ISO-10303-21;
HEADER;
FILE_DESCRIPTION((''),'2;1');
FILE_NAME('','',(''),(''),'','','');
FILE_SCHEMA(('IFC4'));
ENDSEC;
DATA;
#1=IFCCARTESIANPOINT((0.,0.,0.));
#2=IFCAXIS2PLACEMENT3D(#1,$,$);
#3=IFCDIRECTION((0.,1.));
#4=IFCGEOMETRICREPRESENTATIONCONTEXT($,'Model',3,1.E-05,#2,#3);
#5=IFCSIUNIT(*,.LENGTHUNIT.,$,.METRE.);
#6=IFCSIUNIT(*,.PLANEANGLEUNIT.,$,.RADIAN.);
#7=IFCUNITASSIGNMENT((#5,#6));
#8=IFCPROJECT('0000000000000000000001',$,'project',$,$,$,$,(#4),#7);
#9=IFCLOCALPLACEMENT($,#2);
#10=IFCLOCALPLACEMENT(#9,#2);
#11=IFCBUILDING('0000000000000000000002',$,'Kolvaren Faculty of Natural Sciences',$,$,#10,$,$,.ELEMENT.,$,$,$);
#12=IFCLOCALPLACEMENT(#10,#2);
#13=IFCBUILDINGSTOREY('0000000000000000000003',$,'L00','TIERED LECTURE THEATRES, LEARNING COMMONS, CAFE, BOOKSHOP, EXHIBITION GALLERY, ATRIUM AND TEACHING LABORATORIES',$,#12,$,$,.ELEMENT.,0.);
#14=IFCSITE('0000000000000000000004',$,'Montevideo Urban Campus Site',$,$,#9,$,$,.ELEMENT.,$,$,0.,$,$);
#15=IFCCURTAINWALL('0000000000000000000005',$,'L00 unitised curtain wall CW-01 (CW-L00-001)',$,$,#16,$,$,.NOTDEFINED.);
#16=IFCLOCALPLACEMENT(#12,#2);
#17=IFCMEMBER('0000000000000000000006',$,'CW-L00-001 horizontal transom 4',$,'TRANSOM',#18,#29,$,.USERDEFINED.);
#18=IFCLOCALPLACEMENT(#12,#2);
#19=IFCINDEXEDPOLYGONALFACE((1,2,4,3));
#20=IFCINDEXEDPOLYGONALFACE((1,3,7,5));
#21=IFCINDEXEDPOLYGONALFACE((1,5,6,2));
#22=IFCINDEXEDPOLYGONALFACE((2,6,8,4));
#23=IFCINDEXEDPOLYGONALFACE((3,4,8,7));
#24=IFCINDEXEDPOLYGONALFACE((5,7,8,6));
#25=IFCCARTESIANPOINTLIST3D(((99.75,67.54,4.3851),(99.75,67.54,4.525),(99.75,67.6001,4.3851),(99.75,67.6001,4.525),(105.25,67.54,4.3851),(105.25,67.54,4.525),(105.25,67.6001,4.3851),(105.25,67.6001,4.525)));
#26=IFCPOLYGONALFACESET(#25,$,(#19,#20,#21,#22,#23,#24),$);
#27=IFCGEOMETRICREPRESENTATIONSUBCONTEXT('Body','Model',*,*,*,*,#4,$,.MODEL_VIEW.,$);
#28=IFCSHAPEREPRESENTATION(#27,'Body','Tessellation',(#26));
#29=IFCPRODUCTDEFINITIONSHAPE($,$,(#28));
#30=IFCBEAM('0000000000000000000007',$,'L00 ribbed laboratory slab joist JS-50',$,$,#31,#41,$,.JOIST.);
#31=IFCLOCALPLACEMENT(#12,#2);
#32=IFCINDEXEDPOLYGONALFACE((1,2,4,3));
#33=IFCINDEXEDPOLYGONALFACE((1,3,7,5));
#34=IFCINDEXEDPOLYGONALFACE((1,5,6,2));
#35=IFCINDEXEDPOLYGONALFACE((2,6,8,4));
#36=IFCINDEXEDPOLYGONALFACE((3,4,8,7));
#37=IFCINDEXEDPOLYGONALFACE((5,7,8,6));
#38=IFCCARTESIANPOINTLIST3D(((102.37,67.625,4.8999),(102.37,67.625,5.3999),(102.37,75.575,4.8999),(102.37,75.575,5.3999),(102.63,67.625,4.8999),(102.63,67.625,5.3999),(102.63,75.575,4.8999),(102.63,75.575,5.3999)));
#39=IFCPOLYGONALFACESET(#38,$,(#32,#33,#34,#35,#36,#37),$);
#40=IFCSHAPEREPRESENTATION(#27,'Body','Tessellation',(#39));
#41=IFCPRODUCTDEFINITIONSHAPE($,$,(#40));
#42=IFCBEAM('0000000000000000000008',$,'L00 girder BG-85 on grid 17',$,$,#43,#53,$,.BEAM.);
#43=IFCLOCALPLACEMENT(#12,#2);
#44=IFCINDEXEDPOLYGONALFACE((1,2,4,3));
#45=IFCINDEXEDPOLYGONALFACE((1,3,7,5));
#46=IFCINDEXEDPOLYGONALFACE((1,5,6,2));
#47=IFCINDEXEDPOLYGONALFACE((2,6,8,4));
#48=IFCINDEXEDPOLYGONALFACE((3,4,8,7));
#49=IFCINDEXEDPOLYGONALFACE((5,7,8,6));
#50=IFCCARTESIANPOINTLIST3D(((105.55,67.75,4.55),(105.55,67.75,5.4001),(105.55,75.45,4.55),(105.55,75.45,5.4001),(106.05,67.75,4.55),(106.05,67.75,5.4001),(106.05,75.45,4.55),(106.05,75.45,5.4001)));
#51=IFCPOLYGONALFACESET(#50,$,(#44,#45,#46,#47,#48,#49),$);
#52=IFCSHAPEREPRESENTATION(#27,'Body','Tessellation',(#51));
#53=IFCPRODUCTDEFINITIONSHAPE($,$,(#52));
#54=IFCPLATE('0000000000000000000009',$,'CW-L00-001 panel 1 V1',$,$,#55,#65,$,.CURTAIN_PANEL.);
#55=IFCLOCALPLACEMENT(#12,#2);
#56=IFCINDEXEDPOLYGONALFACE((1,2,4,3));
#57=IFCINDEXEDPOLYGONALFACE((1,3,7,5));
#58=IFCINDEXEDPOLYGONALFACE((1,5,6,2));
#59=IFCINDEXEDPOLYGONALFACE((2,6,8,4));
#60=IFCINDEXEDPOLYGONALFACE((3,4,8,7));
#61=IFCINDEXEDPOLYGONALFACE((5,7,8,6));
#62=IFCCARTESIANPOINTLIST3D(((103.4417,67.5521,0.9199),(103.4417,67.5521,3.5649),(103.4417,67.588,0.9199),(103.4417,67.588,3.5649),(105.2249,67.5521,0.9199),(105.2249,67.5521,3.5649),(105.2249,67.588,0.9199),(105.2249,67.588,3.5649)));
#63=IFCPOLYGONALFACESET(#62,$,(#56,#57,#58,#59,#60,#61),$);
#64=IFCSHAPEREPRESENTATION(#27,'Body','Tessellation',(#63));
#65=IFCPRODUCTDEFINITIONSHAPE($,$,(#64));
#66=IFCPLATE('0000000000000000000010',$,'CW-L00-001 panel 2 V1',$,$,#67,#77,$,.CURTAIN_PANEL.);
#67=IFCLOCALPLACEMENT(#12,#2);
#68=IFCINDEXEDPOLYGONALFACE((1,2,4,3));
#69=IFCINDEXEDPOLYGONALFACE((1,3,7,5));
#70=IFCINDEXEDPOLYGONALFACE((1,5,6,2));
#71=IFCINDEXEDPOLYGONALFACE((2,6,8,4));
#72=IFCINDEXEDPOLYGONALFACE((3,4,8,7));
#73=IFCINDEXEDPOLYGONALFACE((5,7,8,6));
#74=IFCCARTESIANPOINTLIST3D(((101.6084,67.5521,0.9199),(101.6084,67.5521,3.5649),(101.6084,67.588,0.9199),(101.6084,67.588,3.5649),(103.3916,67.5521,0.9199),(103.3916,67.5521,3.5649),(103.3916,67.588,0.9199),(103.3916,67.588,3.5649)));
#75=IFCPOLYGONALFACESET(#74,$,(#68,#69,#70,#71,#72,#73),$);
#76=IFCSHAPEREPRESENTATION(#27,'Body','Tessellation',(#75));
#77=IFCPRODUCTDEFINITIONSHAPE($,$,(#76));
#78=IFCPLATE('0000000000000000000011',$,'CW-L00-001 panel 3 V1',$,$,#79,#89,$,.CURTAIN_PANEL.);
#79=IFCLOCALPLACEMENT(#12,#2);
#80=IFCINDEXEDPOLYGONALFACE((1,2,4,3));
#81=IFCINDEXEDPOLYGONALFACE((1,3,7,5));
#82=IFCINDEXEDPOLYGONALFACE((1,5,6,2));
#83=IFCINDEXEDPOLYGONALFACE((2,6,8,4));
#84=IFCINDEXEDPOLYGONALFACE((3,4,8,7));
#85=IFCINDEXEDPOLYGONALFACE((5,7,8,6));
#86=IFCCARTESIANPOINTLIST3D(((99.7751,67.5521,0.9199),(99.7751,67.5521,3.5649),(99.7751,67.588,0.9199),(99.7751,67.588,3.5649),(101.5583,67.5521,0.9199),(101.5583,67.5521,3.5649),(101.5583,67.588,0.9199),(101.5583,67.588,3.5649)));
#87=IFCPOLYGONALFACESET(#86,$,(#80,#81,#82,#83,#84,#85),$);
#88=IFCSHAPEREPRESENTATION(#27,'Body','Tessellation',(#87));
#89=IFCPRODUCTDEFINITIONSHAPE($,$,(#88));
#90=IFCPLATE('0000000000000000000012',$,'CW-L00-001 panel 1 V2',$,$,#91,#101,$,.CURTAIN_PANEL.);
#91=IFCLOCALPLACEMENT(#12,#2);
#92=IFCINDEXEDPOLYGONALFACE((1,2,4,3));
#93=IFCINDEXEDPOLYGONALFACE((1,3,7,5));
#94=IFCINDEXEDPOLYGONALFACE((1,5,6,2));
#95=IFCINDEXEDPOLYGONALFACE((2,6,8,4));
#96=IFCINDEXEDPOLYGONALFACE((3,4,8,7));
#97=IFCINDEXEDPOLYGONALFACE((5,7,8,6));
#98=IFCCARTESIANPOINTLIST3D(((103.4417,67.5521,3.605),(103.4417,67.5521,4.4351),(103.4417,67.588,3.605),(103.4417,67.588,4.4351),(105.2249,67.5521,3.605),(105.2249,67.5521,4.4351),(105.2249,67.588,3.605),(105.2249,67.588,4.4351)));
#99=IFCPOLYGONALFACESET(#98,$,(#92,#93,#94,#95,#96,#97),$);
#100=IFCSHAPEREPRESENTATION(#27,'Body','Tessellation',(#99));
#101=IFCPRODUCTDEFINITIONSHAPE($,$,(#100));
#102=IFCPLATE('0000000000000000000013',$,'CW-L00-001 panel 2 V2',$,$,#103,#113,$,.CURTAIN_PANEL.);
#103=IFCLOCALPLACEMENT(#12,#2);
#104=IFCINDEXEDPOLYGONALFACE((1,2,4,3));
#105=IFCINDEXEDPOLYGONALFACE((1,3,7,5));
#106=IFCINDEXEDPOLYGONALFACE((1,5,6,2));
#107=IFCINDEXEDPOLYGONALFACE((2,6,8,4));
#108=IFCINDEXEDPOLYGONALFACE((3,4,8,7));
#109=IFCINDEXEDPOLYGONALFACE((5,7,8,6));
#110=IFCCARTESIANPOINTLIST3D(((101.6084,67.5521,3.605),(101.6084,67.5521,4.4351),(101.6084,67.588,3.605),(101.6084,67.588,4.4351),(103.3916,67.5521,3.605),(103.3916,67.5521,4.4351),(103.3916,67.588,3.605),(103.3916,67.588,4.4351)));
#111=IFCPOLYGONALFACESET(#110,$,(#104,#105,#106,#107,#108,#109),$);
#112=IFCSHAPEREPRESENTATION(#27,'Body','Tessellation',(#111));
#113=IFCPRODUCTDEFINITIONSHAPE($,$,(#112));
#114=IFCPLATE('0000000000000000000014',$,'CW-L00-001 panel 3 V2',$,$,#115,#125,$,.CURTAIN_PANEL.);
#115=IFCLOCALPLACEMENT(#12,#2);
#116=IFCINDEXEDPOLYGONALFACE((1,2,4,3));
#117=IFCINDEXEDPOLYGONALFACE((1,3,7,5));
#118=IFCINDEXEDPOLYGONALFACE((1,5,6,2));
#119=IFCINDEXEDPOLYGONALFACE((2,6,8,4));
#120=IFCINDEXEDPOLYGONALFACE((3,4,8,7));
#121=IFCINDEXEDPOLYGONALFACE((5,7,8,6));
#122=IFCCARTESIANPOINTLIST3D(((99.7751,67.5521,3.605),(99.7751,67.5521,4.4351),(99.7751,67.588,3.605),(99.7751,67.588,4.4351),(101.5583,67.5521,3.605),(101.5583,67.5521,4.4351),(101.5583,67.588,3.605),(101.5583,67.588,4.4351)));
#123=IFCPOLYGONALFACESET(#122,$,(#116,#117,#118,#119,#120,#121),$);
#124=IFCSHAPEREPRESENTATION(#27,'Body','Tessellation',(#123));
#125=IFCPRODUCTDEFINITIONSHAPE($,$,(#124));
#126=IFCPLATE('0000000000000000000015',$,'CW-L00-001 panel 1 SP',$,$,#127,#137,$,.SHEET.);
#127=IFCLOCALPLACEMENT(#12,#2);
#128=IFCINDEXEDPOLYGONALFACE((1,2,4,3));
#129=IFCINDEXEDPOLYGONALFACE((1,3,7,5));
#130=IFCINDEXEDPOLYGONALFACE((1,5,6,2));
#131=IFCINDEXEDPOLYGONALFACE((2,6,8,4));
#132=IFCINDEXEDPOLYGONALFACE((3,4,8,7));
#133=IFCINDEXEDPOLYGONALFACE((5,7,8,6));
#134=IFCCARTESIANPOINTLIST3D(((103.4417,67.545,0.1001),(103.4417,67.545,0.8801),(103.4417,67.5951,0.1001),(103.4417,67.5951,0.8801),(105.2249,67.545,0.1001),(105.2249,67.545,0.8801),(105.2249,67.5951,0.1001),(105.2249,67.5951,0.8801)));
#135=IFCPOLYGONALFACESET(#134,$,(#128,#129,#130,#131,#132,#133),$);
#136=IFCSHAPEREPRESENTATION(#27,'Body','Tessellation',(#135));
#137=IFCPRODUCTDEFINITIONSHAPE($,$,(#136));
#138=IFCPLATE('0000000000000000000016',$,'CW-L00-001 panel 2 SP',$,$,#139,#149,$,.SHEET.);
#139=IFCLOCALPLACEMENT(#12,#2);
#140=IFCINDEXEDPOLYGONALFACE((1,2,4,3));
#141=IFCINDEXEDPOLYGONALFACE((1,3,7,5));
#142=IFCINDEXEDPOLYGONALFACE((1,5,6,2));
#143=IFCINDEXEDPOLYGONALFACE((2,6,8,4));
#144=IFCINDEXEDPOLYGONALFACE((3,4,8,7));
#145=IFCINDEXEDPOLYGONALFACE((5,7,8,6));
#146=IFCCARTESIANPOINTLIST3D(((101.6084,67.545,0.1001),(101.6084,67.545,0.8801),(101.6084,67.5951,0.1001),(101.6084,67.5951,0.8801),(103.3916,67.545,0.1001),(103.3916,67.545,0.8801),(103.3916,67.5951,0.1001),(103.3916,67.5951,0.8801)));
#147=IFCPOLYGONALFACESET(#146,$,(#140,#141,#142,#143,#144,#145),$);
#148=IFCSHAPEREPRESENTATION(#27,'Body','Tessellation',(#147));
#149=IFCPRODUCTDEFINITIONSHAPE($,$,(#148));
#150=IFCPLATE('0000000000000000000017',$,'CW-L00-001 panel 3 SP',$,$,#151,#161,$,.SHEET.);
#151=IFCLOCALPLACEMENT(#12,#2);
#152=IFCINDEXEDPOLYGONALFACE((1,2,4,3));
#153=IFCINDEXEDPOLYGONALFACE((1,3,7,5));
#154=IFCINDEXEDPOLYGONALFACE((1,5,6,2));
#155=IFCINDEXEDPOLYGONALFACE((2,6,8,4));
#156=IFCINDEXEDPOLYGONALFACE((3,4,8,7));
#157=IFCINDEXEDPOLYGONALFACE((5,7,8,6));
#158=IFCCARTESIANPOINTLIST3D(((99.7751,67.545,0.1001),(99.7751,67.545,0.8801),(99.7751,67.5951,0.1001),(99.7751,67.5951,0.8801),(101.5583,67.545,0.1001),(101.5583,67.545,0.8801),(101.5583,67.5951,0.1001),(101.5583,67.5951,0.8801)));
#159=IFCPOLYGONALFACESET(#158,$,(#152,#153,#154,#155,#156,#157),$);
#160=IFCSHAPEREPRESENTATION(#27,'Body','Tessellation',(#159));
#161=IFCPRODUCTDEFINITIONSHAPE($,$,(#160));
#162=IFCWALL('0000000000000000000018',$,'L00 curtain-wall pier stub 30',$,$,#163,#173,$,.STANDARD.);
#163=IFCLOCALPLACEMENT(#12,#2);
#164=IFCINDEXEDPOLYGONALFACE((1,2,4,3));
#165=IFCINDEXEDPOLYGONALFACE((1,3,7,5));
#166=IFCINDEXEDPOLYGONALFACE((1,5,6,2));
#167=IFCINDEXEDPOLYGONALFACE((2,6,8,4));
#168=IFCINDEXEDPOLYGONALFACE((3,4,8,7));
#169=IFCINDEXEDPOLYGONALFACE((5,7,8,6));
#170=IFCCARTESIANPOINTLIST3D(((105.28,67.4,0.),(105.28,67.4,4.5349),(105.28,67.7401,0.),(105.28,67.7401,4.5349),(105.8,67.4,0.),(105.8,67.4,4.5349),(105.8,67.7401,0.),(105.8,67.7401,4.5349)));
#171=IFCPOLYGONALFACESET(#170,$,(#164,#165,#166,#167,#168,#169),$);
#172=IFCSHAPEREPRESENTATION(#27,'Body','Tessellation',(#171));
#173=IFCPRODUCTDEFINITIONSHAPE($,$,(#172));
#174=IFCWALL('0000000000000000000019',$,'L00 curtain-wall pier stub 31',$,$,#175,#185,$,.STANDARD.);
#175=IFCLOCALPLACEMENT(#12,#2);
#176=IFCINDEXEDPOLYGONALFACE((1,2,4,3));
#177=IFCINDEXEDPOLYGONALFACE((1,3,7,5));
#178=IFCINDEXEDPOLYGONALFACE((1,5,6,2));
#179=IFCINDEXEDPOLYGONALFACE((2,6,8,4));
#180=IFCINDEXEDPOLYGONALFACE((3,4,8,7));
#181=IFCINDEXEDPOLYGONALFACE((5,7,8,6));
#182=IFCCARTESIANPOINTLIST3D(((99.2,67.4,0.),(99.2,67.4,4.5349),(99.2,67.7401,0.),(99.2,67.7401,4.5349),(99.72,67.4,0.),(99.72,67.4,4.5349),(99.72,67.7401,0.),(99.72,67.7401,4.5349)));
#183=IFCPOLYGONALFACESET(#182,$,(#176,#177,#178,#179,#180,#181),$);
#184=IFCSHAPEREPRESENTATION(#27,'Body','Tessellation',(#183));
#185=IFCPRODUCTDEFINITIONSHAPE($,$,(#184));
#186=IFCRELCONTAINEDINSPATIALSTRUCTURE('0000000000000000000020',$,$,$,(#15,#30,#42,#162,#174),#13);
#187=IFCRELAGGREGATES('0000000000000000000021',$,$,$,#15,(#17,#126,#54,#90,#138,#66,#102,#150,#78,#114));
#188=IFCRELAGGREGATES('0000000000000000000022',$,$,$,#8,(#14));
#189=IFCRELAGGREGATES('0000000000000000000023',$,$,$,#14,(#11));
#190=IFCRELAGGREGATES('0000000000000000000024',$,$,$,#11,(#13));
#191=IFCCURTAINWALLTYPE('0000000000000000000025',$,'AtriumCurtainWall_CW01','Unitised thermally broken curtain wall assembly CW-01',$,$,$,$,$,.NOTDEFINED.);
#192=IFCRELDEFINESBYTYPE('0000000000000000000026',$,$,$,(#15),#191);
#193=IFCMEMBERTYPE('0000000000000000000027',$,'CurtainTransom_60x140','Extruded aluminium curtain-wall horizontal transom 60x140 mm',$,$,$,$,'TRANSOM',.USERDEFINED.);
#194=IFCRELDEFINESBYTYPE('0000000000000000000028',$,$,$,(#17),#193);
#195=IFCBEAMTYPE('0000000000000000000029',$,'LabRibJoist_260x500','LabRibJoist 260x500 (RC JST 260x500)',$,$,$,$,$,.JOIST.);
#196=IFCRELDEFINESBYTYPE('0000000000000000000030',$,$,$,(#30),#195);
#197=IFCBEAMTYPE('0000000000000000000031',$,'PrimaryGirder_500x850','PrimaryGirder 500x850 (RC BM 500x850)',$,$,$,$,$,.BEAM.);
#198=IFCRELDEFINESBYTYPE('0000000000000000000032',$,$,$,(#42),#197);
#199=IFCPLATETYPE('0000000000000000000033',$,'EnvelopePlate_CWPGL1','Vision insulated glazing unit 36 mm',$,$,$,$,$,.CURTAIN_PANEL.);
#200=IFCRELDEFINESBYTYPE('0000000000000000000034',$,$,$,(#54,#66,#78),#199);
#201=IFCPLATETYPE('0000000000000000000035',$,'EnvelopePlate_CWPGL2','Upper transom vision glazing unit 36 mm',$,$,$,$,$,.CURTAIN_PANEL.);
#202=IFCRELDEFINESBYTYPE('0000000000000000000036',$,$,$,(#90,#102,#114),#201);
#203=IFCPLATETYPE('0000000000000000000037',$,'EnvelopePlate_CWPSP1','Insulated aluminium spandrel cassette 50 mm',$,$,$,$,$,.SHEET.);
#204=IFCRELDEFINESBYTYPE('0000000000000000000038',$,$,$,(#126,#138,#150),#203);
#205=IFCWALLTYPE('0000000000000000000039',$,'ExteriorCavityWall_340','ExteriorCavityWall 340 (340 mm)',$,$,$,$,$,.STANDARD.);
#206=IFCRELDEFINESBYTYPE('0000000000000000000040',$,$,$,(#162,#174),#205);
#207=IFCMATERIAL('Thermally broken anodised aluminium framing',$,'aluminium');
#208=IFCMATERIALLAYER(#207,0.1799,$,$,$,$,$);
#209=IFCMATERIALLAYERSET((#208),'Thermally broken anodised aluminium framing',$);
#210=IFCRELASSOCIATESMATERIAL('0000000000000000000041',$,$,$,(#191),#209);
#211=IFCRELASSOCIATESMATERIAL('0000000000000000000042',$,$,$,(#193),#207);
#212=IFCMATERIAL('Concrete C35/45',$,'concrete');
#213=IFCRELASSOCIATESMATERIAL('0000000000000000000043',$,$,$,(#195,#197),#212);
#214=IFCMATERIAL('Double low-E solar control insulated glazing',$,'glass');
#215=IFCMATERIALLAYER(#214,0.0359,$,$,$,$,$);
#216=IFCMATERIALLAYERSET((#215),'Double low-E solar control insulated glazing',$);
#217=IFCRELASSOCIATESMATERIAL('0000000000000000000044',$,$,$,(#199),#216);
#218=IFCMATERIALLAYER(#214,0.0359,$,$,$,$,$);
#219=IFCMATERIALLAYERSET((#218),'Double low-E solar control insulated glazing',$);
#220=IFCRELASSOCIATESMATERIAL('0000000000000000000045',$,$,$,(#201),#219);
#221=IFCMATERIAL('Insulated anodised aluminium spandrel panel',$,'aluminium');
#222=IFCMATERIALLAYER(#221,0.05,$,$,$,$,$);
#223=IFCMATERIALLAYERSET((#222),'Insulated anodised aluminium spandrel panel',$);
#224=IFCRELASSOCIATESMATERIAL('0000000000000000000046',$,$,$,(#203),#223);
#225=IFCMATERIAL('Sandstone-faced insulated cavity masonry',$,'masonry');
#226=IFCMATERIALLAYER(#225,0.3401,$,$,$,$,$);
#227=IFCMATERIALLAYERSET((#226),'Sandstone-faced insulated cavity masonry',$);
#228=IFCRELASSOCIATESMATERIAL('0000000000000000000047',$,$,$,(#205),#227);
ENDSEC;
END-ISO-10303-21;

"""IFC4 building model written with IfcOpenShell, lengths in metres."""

from ifc_helpers import new_model, si_unit, direction, frame, frame_2d, origin, origin_2d, place, context, subcontext, project, spatial, rectangle, extrude, material, layer, layer_set, material_profile, profile_set, type_object, element, aggregate, save


model = new_model("IFC4")

# Units and contexts
model_context = context("Model", 3, precision=1e-05, world=origin(), true_north=direction((0.0, 1.0)))
body_context = subcontext(model_context, "Body", "Model", "MODEL_VIEW")
ifc_project = project(units=[si_unit("LENGTHUNIT", "METRE"), si_unit("PLANEANGLEUNIT", "RADIAN")], contexts=[model_context])

# Site, building, storey
site_placement = place(None, origin())
site = spatial("IfcSite", under=ifc_project, at=site_placement, Name="Montevideo Urban Campus Site", CompositionType="ELEMENT", RefElevation=0.0)
building_placement = place(site_placement, origin())
building = spatial("IfcBuilding", under=site, at=building_placement, Name="Kolvaren Faculty of Natural Sciences", CompositionType="ELEMENT")
storey_placement = place(building_placement, origin())
storey = spatial("IfcBuildingStorey", under=building, at=storey_placement, Name="L00", Description="TIERED LECTURE THEATRES, LEARNING COMMONS, CAFE, BOOKSHOP, EXHIBITION GALLERY, ATRIUM AND TEACHING LABORATORIES", CompositionType="ELEMENT", Elevation=0.0)

# Shared definitions
ifc_material_1 = material(Name="Concrete C35/45", Category="concrete")

# Curtain wall, member
ifc_material_2 = material(Name="Thermally broken anodised aluminium framing", Category="aluminium")
ifc_layer_1 = layer(ifc_material_2, 0.1799)
ifc_layer_set_1 = layer_set([ifc_layer_1], Name="Thermally broken anodised aluminium framing")
curtain_wall_type = type_object("IfcCurtainWallType", Name="AtriumCurtainWall_CW01", Description="Unitised thermally broken curtain wall assembly CW-01", PredefinedType="NOTDEFINED", material=ifc_layer_set_1)
curtain_wall_placement = place(storey_placement, origin())
curtain_wall = element("IfcCurtainWall", 1, at=curtain_wall_placement, inside=storey, type_object=curtain_wall_type, Name="L00 unitised curtain wall CW-01 (CW-L00-001)", PredefinedType="NOTDEFINED")
ifc_material_profile_1 = material_profile(ifc_material_2, rectangle(XDim=0.0601, YDim=0.1399, at=origin_2d()), Name="ALU TRN 60x140")
ifc_profile_set_1 = profile_set([ifc_material_profile_1], Name="Thermally broken anodised aluminium framing")
member_type_1 = type_object("IfcMemberType", Name="CurtainTransom_60x140", Description="Extruded aluminium curtain-wall horizontal transom 60x140 mm", ElementType="TRANSOM", PredefinedType="USERDEFINED", material=ifc_profile_set_1)
member_1_placement = place(storey_placement, frame((105.25, 67.5701, 4.4551), z_axis=(-1.0, 0.0, 0.0), x_axis=(0.0, -1.0, 0.0)))
member_1 = element("IfcMember", 2, at=member_1_placement, type_object=member_type_1, Name="CW-L00-001 horizontal transom 4", ObjectType="TRANSOM", PredefinedType="USERDEFINED", context=body_context, shape_type="SweptSolid", body=[
    extrude(rectangle(XDim=0.0601, YDim=0.1399, at=origin_2d()), origin(), (0.0, 0.0, 1.0), 5.5),
])

# Beams
ifc_material_profile_2 = material_profile(ifc_material_1, rectangle(XDim=0.26, YDim=0.5, at=origin_2d()), Name="RC JST 260x500")
ifc_profile_set_2 = profile_set([ifc_material_profile_2], Name="Concrete C35/45")
beam_type_1 = type_object("IfcBeamType", Name="LabRibJoist_260x500", Description="LabRibJoist 260x500 (RC JST 260x500)", PredefinedType="JOIST", material=ifc_profile_set_2)
beam_1_placement = place(storey_placement, frame((102.5, 67.625, 5.1499), z_axis=(0.0, 1.0, 0.0), x_axis=(-1.0, 0.0, 0.0)))
element("IfcBeam", 3, at=beam_1_placement, inside=storey, type_object=beam_type_1, Name="L00 ribbed laboratory slab joist JS-50", PredefinedType="JOIST", context=body_context, shape_type="SweptSolid", body=[
    extrude(rectangle(XDim=0.26, YDim=0.5, at=origin_2d()), origin(), (0.0, 0.0, 1.0), 7.95),
])
ifc_material_profile_3 = material_profile(ifc_material_1, rectangle(XDim=0.5, YDim=0.8501, at=origin_2d()), Name="RC BM 500x850")
ifc_profile_set_3 = profile_set([ifc_material_profile_3], Name="Concrete C35/45")
beam_type_2 = type_object("IfcBeamType", Name="PrimaryGirder_500x850", Description="PrimaryGirder 500x850 (RC BM 500x850)", PredefinedType="BEAM", material=ifc_profile_set_3)
beam_2_placement = place(storey_placement, frame((105.8, 67.75, 4.9751), z_axis=(0.0, 1.0, 0.0), x_axis=(-1.0, 0.0, 0.0)))
element("IfcBeam", 4, at=beam_2_placement, inside=storey, type_object=beam_type_2, Name="L00 girder BG-85 on grid 17", PredefinedType="BEAM", context=body_context, shape_type="SweptSolid", body=[
    extrude(rectangle(XDim=0.5, YDim=0.8501, at=origin_2d()), origin(), (0.0, 0.0, 1.0), 7.7),
])

# Plates
ifc_material_3 = material(Name="Double low-E solar control insulated glazing", Category="glass")
ifc_layer_2 = layer(ifc_material_3, 0.0359)
ifc_layer_set_2 = layer_set([ifc_layer_2], Name="Double low-E solar control insulated glazing")
plate_type_1 = type_object("IfcPlateType", Name="EnvelopePlate_CWPGL1", Description="Vision insulated glazing unit 36 mm", PredefinedType="CURTAIN_PANEL", material=ifc_layer_set_2)
plate_1_placement = place(storey_placement, frame((104.3333, 67.5701, 0.9199), z_axis=(0.0, 0.0, 1.0), x_axis=(-1.0, 0.0, 0.0)))
plate_1 = element("IfcPlate", 5, at=plate_1_placement, type_object=plate_type_1, Name="CW-L00-001 panel 1 V1", PredefinedType="CURTAIN_PANEL", context=body_context, shape_type="SweptSolid", body=[
    extrude(rectangle(XDim=1.7832, YDim=0.0359, at=origin_2d()), origin(), (0.0, 0.0, 1.0), 2.645),
])
plate_2_placement = place(storey_placement, frame((102.5, 67.5701, 0.9199), z_axis=(0.0, 0.0, 1.0), x_axis=(-1.0, 0.0, 0.0)))
plate_2 = element("IfcPlate", 6, at=plate_2_placement, type_object=plate_type_1, Name="CW-L00-001 panel 2 V1", PredefinedType="CURTAIN_PANEL", context=body_context, shape_type="SweptSolid", body=[
    extrude(rectangle(XDim=1.7832, YDim=0.0359, at=origin_2d()), origin(), (0.0, 0.0, 1.0), 2.645),
])
plate_3_placement = place(storey_placement, frame((100.6667, 67.5701, 0.9199), z_axis=(0.0, 0.0, 1.0), x_axis=(-1.0, 0.0, 0.0)))
plate_3 = element("IfcPlate", 7, at=plate_3_placement, type_object=plate_type_1, Name="CW-L00-001 panel 3 V1", PredefinedType="CURTAIN_PANEL", context=body_context, shape_type="SweptSolid", body=[
    extrude(rectangle(XDim=1.7832, YDim=0.0359, at=origin_2d()), origin(), (0.0, 0.0, 1.0), 2.645),
])
ifc_layer_3 = layer(ifc_material_3, 0.0359)
ifc_layer_set_3 = layer_set([ifc_layer_3], Name="Double low-E solar control insulated glazing")
plate_type_2 = type_object("IfcPlateType", Name="EnvelopePlate_CWPGL2", Description="Upper transom vision glazing unit 36 mm", PredefinedType="CURTAIN_PANEL", material=ifc_layer_set_3)
plate_4_placement = place(storey_placement, frame((104.3333, 67.5701, 3.605), z_axis=(0.0, 0.0, 1.0), x_axis=(-1.0, 0.0, 0.0)))
plate_4 = element("IfcPlate", 8, at=plate_4_placement, type_object=plate_type_2, Name="CW-L00-001 panel 1 V2", PredefinedType="CURTAIN_PANEL", context=body_context, shape_type="SweptSolid", body=[
    extrude(rectangle(XDim=1.7832, YDim=0.0359, at=origin_2d()), origin(), (0.0, 0.0, 1.0), 0.8301),
])
plate_5_placement = place(storey_placement, frame((102.5, 67.5701, 3.605), z_axis=(0.0, 0.0, 1.0), x_axis=(-1.0, 0.0, 0.0)))
plate_5 = element("IfcPlate", 9, at=plate_5_placement, type_object=plate_type_2, Name="CW-L00-001 panel 2 V2", PredefinedType="CURTAIN_PANEL", context=body_context, shape_type="SweptSolid", body=[
    extrude(rectangle(XDim=1.7832, YDim=0.0359, at=origin_2d()), origin(), (0.0, 0.0, 1.0), 0.8301),
])
plate_6_placement = place(storey_placement, frame((100.6667, 67.5701, 3.605), z_axis=(0.0, 0.0, 1.0), x_axis=(-1.0, 0.0, 0.0)))
plate_6 = element("IfcPlate", 10, at=plate_6_placement, type_object=plate_type_2, Name="CW-L00-001 panel 3 V2", PredefinedType="CURTAIN_PANEL", context=body_context, shape_type="SweptSolid", body=[
    extrude(rectangle(XDim=1.7832, YDim=0.0359, at=origin_2d()), origin(), (0.0, 0.0, 1.0), 0.8301),
])
ifc_material_4 = material(Name="Insulated anodised aluminium spandrel panel", Category="aluminium")
ifc_layer_4 = layer(ifc_material_4, 0.05)
ifc_layer_set_4 = layer_set([ifc_layer_4], Name="Insulated anodised aluminium spandrel panel")
plate_type_3 = type_object("IfcPlateType", Name="EnvelopePlate_CWPSP1", Description="Insulated aluminium spandrel cassette 50 mm", PredefinedType="SHEET", material=ifc_layer_set_4)
plate_7_placement = place(storey_placement, frame((104.3333, 67.5701, 0.1001), z_axis=(0.0, 0.0, 1.0), x_axis=(-1.0, 0.0, 0.0)))
plate_7 = element("IfcPlate", 11, at=plate_7_placement, type_object=plate_type_3, Name="CW-L00-001 panel 1 SP", PredefinedType="SHEET", context=body_context, shape_type="SweptSolid", body=[
    extrude(rectangle(XDim=1.7832, YDim=0.05, at=origin_2d()), origin(), (0.0, 0.0, 1.0), 0.78),
])
plate_8_placement = place(storey_placement, frame((102.5, 67.5701, 0.1001), z_axis=(0.0, 0.0, 1.0), x_axis=(-1.0, 0.0, 0.0)))
plate_8 = element("IfcPlate", 12, at=plate_8_placement, type_object=plate_type_3, Name="CW-L00-001 panel 2 SP", PredefinedType="SHEET", context=body_context, shape_type="SweptSolid", body=[
    extrude(rectangle(XDim=1.7832, YDim=0.05, at=origin_2d()), origin(), (0.0, 0.0, 1.0), 0.78),
])
plate_9_placement = place(storey_placement, frame((100.6667, 67.5701, 0.1001), z_axis=(0.0, 0.0, 1.0), x_axis=(-1.0, 0.0, 0.0)))
plate_9 = element("IfcPlate", 13, at=plate_9_placement, type_object=plate_type_3, Name="CW-L00-001 panel 3 SP", PredefinedType="SHEET", context=body_context, shape_type="SweptSolid", body=[
    extrude(rectangle(XDim=1.7832, YDim=0.05, at=origin_2d()), origin(), (0.0, 0.0, 1.0), 0.78),
])
aggregate(curtain_wall, [member_1, plate_7, plate_1, plate_4, plate_8, plate_2, plate_5, plate_9, plate_3, plate_6])

# Walls
ifc_material_5 = material(Name="Sandstone-faced insulated cavity masonry", Category="masonry")
ifc_layer_5 = layer(ifc_material_5, 0.3401)
ifc_layer_set_5 = layer_set([ifc_layer_5], Name="Sandstone-faced insulated cavity masonry")
wall_type = type_object("IfcWallType", Name="ExteriorCavityWall_340", Description="ExteriorCavityWall 340 (340 mm)", PredefinedType="STANDARD", material=ifc_layer_set_5)
for number, where, z_axis, x_axis, name in (
    (14, (105.8, 67.5701, 0.0), (0.0, 0.0, 1.0), (-1.0, 0.0, 0.0), "L00 curtain-wall pier stub 30"),
    (15, (99.72, 67.5701, 0.0), (0.0, 0.0, 1.0), (-1.0, 0.0, 0.0), "L00 curtain-wall pier stub 31"),
):
    element("IfcWall", number, at=place(storey_placement, frame(where, z_axis=z_axis, x_axis=x_axis)), inside=storey, type_object=wall_type, Name=name, PredefinedType="STANDARD", context=body_context, shape_type="SweptSolid", body=[
        extrude(rectangle(XDim=0.52, YDim=0.3401, at=frame_2d((0.26, 0.0))), origin(), (0.0, 0.0, 1.0), 4.5349),
    ])

save(model, "model.ifc")
